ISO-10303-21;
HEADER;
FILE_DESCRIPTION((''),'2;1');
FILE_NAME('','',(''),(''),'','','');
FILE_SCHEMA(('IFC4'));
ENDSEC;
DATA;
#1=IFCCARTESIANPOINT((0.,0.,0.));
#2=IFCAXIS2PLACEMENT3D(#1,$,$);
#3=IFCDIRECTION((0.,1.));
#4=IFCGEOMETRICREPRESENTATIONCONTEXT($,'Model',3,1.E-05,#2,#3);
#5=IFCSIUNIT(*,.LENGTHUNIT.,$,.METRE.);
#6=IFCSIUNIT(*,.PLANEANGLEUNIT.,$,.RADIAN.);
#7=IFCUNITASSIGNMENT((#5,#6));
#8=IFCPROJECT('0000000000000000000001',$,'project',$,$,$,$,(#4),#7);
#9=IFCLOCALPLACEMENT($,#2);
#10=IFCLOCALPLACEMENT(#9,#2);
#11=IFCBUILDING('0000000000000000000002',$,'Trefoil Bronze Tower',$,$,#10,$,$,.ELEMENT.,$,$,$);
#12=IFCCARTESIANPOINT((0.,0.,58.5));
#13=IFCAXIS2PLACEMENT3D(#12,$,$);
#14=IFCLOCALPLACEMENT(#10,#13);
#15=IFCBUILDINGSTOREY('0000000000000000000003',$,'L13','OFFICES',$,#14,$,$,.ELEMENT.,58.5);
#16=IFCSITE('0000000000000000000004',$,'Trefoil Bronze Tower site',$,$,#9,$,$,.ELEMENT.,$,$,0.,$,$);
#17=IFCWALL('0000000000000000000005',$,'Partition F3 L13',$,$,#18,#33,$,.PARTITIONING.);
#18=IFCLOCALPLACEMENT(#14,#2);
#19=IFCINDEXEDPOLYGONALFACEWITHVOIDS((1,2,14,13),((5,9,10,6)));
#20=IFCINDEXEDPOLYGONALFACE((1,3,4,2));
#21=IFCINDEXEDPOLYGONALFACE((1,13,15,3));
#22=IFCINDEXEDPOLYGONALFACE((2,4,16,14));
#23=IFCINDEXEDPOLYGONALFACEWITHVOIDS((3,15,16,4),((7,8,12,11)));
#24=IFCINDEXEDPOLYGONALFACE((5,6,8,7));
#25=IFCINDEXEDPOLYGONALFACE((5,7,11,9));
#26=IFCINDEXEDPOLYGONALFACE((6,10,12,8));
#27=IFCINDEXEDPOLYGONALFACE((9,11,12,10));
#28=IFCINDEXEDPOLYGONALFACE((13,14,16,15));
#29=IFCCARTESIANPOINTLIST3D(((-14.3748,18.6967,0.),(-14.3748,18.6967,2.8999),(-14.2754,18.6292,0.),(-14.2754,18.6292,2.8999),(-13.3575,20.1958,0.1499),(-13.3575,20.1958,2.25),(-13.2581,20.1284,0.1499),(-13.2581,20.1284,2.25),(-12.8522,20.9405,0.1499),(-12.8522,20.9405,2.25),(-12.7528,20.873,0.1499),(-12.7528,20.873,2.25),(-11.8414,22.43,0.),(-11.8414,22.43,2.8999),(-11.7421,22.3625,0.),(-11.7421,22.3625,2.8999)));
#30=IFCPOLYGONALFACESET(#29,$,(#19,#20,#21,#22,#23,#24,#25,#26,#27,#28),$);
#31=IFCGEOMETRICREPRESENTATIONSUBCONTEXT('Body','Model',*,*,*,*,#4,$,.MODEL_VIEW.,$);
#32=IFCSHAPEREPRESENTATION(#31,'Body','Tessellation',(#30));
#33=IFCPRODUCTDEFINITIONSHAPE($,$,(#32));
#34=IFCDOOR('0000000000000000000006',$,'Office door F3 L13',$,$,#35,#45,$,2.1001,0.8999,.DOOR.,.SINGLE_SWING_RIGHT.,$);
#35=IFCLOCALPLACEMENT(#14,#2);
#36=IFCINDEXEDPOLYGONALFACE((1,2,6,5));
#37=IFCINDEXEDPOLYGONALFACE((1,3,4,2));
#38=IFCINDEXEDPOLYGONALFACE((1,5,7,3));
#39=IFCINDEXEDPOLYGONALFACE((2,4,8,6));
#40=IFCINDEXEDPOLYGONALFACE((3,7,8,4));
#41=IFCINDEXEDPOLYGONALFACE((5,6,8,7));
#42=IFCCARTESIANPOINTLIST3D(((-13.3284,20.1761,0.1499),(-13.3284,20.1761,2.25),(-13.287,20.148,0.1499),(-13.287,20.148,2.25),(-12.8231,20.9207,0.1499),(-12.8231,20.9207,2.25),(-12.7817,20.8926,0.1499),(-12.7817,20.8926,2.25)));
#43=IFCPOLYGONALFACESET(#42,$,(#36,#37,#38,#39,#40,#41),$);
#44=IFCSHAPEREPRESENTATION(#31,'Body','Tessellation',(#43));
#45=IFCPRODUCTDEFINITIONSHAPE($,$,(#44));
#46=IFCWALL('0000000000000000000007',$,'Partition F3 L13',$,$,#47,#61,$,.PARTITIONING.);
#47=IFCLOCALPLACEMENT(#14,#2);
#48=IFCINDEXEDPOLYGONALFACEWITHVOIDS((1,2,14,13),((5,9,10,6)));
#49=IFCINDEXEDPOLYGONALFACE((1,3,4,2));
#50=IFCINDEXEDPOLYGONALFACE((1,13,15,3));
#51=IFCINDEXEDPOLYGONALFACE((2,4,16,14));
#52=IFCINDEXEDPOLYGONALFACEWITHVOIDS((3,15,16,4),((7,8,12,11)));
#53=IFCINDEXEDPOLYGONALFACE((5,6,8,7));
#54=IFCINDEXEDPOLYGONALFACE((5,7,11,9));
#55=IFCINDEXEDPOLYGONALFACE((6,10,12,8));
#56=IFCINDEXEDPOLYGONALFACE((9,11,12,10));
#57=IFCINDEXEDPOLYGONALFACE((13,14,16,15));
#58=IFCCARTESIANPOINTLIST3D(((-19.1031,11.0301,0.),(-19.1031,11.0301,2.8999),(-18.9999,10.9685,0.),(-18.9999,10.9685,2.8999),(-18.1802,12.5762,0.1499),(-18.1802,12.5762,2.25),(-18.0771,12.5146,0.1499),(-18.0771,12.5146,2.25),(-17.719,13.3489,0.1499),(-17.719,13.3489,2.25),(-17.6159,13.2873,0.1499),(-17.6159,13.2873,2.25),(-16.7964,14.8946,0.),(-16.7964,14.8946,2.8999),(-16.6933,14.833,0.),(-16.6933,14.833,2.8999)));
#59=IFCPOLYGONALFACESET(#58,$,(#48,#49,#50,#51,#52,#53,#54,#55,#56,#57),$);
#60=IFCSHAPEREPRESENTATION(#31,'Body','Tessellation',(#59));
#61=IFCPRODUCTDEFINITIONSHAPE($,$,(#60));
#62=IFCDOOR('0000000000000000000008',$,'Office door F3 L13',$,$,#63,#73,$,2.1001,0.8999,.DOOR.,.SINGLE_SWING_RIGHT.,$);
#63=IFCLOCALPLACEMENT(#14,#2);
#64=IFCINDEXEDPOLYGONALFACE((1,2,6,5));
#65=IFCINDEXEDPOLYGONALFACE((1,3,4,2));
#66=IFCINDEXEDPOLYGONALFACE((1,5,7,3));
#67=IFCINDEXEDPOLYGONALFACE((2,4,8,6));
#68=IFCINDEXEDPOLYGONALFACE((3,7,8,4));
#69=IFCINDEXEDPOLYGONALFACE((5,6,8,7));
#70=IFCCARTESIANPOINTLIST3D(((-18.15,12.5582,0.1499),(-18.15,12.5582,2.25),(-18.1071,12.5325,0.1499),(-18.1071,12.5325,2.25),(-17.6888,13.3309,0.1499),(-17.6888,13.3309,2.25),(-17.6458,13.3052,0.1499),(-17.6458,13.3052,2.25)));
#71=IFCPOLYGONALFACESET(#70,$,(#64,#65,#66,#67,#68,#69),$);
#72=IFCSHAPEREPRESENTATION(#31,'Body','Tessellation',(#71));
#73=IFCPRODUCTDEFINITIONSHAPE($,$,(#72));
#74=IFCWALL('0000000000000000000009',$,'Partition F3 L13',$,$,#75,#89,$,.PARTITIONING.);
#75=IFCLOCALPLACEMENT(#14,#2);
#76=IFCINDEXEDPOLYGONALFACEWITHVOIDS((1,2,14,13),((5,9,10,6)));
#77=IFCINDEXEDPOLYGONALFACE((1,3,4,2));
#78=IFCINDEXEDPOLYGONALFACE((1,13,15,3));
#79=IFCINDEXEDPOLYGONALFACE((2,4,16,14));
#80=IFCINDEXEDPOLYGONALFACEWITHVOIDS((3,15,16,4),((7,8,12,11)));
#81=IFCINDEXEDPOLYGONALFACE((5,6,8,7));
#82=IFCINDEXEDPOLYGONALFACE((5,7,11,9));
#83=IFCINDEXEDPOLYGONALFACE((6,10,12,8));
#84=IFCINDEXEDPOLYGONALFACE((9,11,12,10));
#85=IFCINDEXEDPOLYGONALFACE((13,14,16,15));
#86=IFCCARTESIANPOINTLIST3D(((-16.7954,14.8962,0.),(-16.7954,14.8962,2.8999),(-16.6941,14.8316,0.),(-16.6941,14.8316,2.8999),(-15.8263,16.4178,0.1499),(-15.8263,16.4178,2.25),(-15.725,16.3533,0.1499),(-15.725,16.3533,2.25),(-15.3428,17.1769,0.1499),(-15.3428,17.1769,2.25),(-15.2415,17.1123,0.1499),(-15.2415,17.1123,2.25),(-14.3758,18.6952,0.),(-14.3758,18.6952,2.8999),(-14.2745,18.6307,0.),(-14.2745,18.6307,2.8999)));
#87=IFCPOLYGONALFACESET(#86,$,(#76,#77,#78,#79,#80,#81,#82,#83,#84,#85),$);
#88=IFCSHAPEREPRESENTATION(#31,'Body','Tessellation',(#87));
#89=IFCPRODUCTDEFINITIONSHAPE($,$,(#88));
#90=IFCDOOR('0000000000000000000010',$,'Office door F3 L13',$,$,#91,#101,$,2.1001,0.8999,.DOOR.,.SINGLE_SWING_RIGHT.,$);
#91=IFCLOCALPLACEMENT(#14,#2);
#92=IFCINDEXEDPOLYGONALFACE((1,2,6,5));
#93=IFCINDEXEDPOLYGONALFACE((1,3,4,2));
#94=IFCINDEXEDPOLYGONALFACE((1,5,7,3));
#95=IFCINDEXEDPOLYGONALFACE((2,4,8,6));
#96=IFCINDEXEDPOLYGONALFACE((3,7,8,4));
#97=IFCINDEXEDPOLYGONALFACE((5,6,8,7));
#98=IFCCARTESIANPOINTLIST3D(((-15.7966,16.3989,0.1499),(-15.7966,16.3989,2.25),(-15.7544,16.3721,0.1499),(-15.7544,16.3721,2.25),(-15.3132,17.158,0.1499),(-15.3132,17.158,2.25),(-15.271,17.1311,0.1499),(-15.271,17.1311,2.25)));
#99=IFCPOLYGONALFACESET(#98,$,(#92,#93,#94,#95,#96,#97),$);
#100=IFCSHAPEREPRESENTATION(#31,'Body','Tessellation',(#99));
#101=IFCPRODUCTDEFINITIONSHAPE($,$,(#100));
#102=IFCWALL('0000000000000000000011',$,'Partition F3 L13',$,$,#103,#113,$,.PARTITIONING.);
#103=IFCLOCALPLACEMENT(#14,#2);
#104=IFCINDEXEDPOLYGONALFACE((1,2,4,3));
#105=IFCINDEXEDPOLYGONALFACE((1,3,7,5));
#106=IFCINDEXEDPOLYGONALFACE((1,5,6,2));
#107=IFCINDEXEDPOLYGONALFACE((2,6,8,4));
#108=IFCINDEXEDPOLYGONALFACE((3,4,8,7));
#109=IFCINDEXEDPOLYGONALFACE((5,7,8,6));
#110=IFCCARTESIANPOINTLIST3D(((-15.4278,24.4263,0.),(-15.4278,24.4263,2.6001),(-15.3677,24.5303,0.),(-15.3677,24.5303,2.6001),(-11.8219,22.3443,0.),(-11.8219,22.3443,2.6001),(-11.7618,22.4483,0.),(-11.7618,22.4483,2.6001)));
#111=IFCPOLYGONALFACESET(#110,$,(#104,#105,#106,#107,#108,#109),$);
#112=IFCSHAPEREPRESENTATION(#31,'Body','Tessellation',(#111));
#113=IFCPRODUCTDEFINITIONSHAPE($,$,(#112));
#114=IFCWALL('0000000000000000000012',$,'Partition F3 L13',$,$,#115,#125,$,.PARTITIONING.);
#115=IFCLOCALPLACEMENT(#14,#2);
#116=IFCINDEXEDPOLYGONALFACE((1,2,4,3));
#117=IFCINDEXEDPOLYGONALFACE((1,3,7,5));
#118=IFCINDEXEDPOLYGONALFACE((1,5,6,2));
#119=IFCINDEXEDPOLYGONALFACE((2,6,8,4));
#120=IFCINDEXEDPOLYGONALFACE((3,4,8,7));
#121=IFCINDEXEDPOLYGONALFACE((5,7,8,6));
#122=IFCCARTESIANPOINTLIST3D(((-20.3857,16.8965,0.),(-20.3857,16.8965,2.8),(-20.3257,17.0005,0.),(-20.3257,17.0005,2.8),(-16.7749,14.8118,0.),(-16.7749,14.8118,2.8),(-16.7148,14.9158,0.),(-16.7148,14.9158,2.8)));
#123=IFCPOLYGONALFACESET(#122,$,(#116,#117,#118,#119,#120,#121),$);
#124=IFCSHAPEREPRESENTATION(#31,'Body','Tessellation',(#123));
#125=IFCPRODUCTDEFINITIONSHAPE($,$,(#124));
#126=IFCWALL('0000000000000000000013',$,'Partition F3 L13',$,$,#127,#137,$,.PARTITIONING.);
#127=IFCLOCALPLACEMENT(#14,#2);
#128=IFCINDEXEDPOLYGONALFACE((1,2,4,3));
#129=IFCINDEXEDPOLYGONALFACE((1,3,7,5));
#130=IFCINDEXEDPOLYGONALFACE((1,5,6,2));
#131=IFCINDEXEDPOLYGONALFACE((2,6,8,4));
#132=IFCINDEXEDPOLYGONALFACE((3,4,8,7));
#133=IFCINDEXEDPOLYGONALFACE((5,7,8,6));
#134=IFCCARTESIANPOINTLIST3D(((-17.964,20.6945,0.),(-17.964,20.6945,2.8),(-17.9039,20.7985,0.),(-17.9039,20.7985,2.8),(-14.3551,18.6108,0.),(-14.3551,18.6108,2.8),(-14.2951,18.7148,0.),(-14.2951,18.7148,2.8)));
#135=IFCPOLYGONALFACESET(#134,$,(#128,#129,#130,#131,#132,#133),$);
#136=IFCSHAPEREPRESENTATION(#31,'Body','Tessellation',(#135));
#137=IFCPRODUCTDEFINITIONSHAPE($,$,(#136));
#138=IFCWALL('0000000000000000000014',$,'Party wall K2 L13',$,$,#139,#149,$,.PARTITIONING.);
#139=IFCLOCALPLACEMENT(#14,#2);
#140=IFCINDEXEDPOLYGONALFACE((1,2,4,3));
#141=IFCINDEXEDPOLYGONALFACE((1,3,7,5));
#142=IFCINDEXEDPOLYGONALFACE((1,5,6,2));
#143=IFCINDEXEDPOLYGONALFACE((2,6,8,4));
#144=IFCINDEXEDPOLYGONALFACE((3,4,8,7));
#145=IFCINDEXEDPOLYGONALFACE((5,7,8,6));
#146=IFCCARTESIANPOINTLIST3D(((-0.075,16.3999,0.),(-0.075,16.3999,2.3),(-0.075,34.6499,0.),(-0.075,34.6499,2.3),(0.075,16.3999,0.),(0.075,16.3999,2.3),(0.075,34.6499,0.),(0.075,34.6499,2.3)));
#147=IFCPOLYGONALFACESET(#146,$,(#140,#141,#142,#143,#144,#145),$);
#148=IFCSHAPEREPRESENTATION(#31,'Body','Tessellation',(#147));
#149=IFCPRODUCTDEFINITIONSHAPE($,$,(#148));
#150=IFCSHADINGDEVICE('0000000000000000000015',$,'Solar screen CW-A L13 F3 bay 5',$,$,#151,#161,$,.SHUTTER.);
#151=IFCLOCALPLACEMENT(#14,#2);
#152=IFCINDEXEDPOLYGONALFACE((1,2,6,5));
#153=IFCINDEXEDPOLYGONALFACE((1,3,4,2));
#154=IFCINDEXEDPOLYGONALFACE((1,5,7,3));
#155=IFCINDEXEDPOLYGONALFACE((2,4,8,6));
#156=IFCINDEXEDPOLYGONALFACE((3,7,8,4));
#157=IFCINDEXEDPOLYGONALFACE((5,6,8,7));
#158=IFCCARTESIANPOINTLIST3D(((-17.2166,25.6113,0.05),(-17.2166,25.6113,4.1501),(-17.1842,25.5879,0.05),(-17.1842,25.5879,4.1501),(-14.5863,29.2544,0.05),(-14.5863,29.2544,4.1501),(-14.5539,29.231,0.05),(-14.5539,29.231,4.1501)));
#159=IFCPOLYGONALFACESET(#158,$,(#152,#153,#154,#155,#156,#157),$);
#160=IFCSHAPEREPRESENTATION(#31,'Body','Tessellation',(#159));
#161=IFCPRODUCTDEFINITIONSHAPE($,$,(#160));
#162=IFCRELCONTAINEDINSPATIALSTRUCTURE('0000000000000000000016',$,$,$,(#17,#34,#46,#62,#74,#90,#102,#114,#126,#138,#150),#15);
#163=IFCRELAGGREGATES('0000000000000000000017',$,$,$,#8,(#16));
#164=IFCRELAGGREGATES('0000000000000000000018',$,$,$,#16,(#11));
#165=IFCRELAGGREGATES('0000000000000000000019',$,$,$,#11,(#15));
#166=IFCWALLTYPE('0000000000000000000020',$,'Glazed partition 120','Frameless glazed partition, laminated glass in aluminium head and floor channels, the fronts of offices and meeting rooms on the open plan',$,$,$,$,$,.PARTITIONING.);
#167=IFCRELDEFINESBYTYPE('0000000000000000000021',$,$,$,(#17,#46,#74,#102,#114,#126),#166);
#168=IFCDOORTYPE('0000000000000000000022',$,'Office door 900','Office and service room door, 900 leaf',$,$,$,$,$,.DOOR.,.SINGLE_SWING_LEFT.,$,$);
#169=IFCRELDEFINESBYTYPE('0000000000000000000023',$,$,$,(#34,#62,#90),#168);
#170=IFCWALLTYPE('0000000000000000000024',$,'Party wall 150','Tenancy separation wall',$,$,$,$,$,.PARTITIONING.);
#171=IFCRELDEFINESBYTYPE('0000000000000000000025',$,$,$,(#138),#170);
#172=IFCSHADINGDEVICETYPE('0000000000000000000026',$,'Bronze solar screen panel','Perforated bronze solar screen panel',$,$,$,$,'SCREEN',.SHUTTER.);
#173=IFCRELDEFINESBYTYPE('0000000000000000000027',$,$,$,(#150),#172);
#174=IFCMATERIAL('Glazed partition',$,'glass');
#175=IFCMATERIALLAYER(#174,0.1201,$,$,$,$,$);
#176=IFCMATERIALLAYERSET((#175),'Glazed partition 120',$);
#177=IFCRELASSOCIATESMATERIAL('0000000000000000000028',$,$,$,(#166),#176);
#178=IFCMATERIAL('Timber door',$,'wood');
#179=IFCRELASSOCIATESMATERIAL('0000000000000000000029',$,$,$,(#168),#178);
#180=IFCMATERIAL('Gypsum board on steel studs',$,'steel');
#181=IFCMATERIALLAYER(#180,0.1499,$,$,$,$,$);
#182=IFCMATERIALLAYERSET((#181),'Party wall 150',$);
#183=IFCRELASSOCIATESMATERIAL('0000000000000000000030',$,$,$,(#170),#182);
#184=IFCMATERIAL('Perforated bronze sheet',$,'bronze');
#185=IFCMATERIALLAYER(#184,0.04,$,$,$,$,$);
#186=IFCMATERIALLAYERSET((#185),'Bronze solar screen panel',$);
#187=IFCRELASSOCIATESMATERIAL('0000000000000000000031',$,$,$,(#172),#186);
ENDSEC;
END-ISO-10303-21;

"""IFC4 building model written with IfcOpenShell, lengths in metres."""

from ifc_helpers import new_model, si_unit, direction, frame, frame_2d, origin, origin_2d, place, context, subcontext, project, spatial, rectangle, extrude, material, layer, layer_set, type_object, element, fill, save


model = new_model("IFC4")

# Units and contexts
model_context = context("Model", 3, precision=1e-05, world=origin(), true_north=direction((0.0, 1.0)))
body_context = subcontext(model_context, "Body", "Model", "MODEL_VIEW")
ifc_project = project(units=[si_unit("LENGTHUNIT", "METRE"), si_unit("PLANEANGLEUNIT", "RADIAN")], contexts=[model_context])

# Site, building, storey
site_placement = place(None, origin())
site = spatial("IfcSite", under=ifc_project, at=site_placement, Name="Trefoil Bronze Tower site", CompositionType="ELEMENT", RefElevation=0.0)
building_placement = place(site_placement, origin())
building = spatial("IfcBuilding", under=site, at=building_placement, Name="Trefoil Bronze Tower", CompositionType="ELEMENT")
storey_placement = place(building_placement, frame((0.0, 0.0, 58.5)))
storey = spatial("IfcBuildingStorey", under=building, at=storey_placement, Name="L13", Description="OFFICES", CompositionType="ELEMENT", Elevation=58.5)

# Walls, openings, doors
ifc_material_1 = material(Name="Glazed partition", Category="glass")
ifc_layer_1 = layer(ifc_material_1, 0.1201)
ifc_layer_set_1 = layer_set([ifc_layer_1], Name="Glazed partition 120")
wall_type_1 = type_object("IfcWallType", Name="Glazed partition 120", Description="Frameless glazed partition, laminated glass in aluminium head and floor channels, the fronts of offices and meeting rooms on the open plan", PredefinedType="PARTITIONING", material=ifc_layer_set_1)
wall_1_placement = place(storey_placement, frame((-11.7917, 22.3962, 0.0), z_axis=(0.0, 0.0, 1.0), x_axis=(-0.561512, -0.827469, 0.0)))
wall_1 = element("IfcWall", 1, at=wall_1_placement, inside=storey, type_object=wall_type_1, Name="Partition F3 L13", PredefinedType="PARTITIONING", context=body_context, shape_type="SweptSolid", body=[
    extrude(rectangle(XDim=4.5117, YDim=0.1201, at=frame_2d((2.2559, 0.0))), origin(), (0.0, 0.0, 1.0), 2.8999),
])
opening_1_placement = place(wall_1_placement, frame((1.8, 0.0, 0.1499)))
opening_1 = element("IfcOpeningElement", 2, at=opening_1_placement, cuts=wall_1, PredefinedType="OPENING", context=body_context, shape_type="SweptSolid", body=[
    extrude(rectangle(XDim=0.8999, YDim=2.1001, at=frame_2d((0.45, 1.05))), frame((0.0, 0.0701, 0.0), z_axis=(0.0, -1.0, 0.0), x_axis=(1.0, 0.0, 0.0)), (0.0, 0.0, 1.0), 0.1401),
])
ifc_material_2 = material(Name="Timber door", Category="wood")
door_type_1 = type_object("IfcDoorType", Name="Office door 900", Description="Office and service room door, 900 leaf", OperationType="SINGLE_SWING_LEFT", PredefinedType="DOOR", material=ifc_material_2)
door_1_placement = place(opening_1_placement, frame((0.8999, 0.0, 0.0), z_axis=(0.0, 0.0, 1.0), x_axis=(-1.0, 0.0, 0.0)))
door_1 = element("IfcDoor", 3, at=door_1_placement, inside=storey, type_object=door_type_1, Name="Office door F3 L13", OperationType="SINGLE_SWING_RIGHT", OverallHeight=2.1001, OverallWidth=0.8999, PredefinedType="DOOR", context=body_context, shape_type="SweptSolid", body=[
    extrude(rectangle(XDim=0.8999, YDim=2.1001, at=frame_2d((0.45, 1.05))), frame((0.0, 0.0249, 0.0), z_axis=(0.0, -1.0, 0.0), x_axis=(1.0, 0.0, 0.0)), (0.0, 0.0, 1.0), 0.05),
])
fill(opening_1, door_1)
wall_2_placement = place(storey_placement, frame((-16.7449, 14.8638, 0.0), z_axis=(0.0, 0.0, 1.0), x_axis=(-0.512524, -0.858673, 0.0)))
wall_2 = element("IfcWall", 4, at=wall_2_placement, inside=storey, type_object=wall_type_1, Name="Partition F3 L13", PredefinedType="PARTITIONING", context=body_context, shape_type="SweptSolid", body=[
    extrude(rectangle(XDim=4.5005, YDim=0.1201, at=frame_2d((2.2502, 0.0))), origin(), (0.0, 0.0, 1.0), 2.8999),
])
opening_2_placement = place(wall_2_placement, frame((1.8, 0.0, 0.1499)))
opening_2 = element("IfcOpeningElement", 5, at=opening_2_placement, cuts=wall_2, PredefinedType="OPENING", context=body_context, shape_type="SweptSolid", body=[
    extrude(rectangle(XDim=0.8999, YDim=2.1001, at=frame_2d((0.45, 1.05))), frame((0.0, 0.0701, 0.0), z_axis=(0.0, -1.0, 0.0), x_axis=(1.0, 0.0, 0.0)), (0.0, 0.0, 1.0), 0.1401),
])
door_2_placement = place(opening_2_placement, frame((0.8999, 0.0, 0.0), z_axis=(0.0, 0.0, 1.0), x_axis=(-1.0, 0.0, 0.0)))
door_2 = element("IfcDoor", 6, at=door_2_placement, inside=storey, type_object=door_type_1, Name="Office door F3 L13", OperationType="SINGLE_SWING_RIGHT", OverallHeight=2.1001, OverallWidth=0.8999, PredefinedType="DOOR", context=body_context, shape_type="SweptSolid", body=[
    extrude(rectangle(XDim=0.8999, YDim=2.1001, at=frame_2d((0.45, 1.05))), frame((0.0, 0.0249, 0.0), z_axis=(0.0, -1.0, 0.0), x_axis=(1.0, 0.0, 0.0)), (0.0, 0.0, 1.0), 0.05),
])
fill(opening_2, door_2)
wall_3_placement = place(storey_placement, frame((-14.3252, 18.6628, 0.0), z_axis=(0.0, 0.0, 1.0), x_axis=(-0.537205, -0.843452, 0.0)))
wall_3 = element("IfcWall", 7, at=wall_3_placement, inside=storey, type_object=wall_type_1, Name="Partition F3 L13", PredefinedType="PARTITIONING", context=body_context, shape_type="SweptSolid", body=[
    extrude(rectangle(XDim=4.5042, YDim=0.1201, at=frame_2d((2.252, 0.0))), origin(), (0.0, 0.0, 1.0), 2.8999),
])
opening_3_placement = place(wall_3_placement, frame((1.8, 0.0, 0.1499)))
opening_3 = element("IfcOpeningElement", 8, at=opening_3_placement, cuts=wall_3, PredefinedType="OPENING", context=body_context, shape_type="SweptSolid", body=[
    extrude(rectangle(XDim=0.8999, YDim=2.1001, at=frame_2d((0.45, 1.05))), frame((0.0, 0.0701, 0.0), z_axis=(0.0, -1.0, 0.0), x_axis=(1.0, 0.0, 0.0)), (0.0, 0.0, 1.0), 0.1401),
])
door_3_placement = place(opening_3_placement, frame((0.8999, 0.0, 0.0), z_axis=(0.0, 0.0, 1.0), x_axis=(-1.0, 0.0, 0.0)))
door_3 = element("IfcDoor", 9, at=door_3_placement, inside=storey, type_object=door_type_1, Name="Office door F3 L13", OperationType="SINGLE_SWING_RIGHT", OverallHeight=2.1001, OverallWidth=0.8999, PredefinedType="DOOR", context=body_context, shape_type="SweptSolid", body=[
    extrude(rectangle(XDim=0.8999, YDim=2.1001, at=frame_2d((0.45, 1.05))), frame((0.0, 0.0249, 0.0), z_axis=(0.0, -1.0, 0.0), x_axis=(1.0, 0.0, 0.0)), (0.0, 0.0, 1.0), 0.05),
])
fill(opening_3, door_3)

# Walls
wall_4_placement = place(storey_placement, frame((-11.7917, 22.3962, 0.0), z_axis=(0.0, 0.0, 1.0), x_axis=(-0.866012, 0.500024, 0.0)))
element("IfcWall", 10, at=wall_4_placement, inside=storey, type_object=wall_type_1, Name="Partition F3 L13", PredefinedType="PARTITIONING", context=body_context, shape_type="SweptSolid", body=[
    extrude(rectangle(XDim=4.1638, YDim=0.1201, at=frame_2d((2.082, 0.0))), origin(), (0.0, 0.0, 1.0), 2.6001),
])
wall_5_placement = place(storey_placement, frame((-16.7449, 14.8638, 0.0), z_axis=(0.0, 0.0, 1.0), x_axis=(-0.866026, 0.5, 0.0)))
element("IfcWall", 11, at=wall_5_placement, inside=storey, type_object=wall_type_1, Name="Partition F3 L13", PredefinedType="PARTITIONING", context=body_context, shape_type="SweptSolid", body=[
    extrude(rectangle(XDim=4.1694, YDim=0.1201, at=frame_2d((2.0847, 0.0))), origin(), (0.0, 0.0, 1.0), 2.8),
])
wall_6_placement = place(storey_placement, frame((-14.3252, 18.6628, 0.0), z_axis=(0.0, 0.0, 1.0), x_axis=(-0.86601, 0.500027, 0.0)))
element("IfcWall", 12, at=wall_6_placement, inside=storey, type_object=wall_type_1, Name="Partition F3 L13", PredefinedType="PARTITIONING", context=body_context, shape_type="SweptSolid", body=[
    extrude(rectangle(XDim=4.1672, YDim=0.1201, at=frame_2d((2.0835, 0.0))), origin(), (0.0, 0.0, 1.0), 2.8),
])
ifc_material_3 = material(Name="Gypsum board on steel studs", Category="steel")
ifc_layer_2 = layer(ifc_material_3, 0.1499)
ifc_layer_set_2 = layer_set([ifc_layer_2], Name="Party wall 150")
wall_type_2 = type_object("IfcWallType", Name="Party wall 150", Description="Tenancy separation wall", PredefinedType="PARTITIONING", material=ifc_layer_set_2)
wall_7_placement = place(storey_placement, frame((0.0, 16.3999, 0.0), z_axis=(0.0, 0.0, 1.0), x_axis=(0.0, 1.0, 0.0)))
element("IfcWall", 13, at=wall_7_placement, inside=storey, type_object=wall_type_2, Name="Party wall K2 L13", PredefinedType="PARTITIONING", context=body_context, shape_type="SweptSolid", body=[
    extrude(rectangle(XDim=18.25, YDim=0.1499, at=frame_2d((9.125, 0.0))), origin(), (0.0, 0.0, 1.0), 2.3),
])

# Shading device
ifc_material_4 = material(Name="Perforated bronze sheet", Category="bronze")
ifc_layer_3 = layer(ifc_material_4, 0.04)
ifc_layer_set_3 = layer_set([ifc_layer_3], Name="Bronze solar screen panel")
shading_device_type = type_object("IfcShadingDeviceType", Name="Bronze solar screen panel", Description="Perforated bronze solar screen panel", ElementType="SCREEN", PredefinedType="SHUTTER", material=ifc_layer_set_3)
shading_device_placement = place(storey_placement, frame((-15.8853, 27.4211, 0.05), z_axis=(0.0, 0.0, 1.0), x_axis=(-0.585373, -0.810764, 0.0)))
element("IfcShadingDevice", 14, at=shading_device_placement, inside=storey, type_object=shading_device_type, Name="Solar screen CW-A L13 F3 bay 5", PredefinedType="SHUTTER", context=body_context, shape_type="SweptSolid", body=[
    extrude(rectangle(XDim=4.4934, YDim=0.04, at=origin_2d()), origin(), (0.0, 0.0, 1.0), 4.1001),
])

save(model, "model.ifc")
